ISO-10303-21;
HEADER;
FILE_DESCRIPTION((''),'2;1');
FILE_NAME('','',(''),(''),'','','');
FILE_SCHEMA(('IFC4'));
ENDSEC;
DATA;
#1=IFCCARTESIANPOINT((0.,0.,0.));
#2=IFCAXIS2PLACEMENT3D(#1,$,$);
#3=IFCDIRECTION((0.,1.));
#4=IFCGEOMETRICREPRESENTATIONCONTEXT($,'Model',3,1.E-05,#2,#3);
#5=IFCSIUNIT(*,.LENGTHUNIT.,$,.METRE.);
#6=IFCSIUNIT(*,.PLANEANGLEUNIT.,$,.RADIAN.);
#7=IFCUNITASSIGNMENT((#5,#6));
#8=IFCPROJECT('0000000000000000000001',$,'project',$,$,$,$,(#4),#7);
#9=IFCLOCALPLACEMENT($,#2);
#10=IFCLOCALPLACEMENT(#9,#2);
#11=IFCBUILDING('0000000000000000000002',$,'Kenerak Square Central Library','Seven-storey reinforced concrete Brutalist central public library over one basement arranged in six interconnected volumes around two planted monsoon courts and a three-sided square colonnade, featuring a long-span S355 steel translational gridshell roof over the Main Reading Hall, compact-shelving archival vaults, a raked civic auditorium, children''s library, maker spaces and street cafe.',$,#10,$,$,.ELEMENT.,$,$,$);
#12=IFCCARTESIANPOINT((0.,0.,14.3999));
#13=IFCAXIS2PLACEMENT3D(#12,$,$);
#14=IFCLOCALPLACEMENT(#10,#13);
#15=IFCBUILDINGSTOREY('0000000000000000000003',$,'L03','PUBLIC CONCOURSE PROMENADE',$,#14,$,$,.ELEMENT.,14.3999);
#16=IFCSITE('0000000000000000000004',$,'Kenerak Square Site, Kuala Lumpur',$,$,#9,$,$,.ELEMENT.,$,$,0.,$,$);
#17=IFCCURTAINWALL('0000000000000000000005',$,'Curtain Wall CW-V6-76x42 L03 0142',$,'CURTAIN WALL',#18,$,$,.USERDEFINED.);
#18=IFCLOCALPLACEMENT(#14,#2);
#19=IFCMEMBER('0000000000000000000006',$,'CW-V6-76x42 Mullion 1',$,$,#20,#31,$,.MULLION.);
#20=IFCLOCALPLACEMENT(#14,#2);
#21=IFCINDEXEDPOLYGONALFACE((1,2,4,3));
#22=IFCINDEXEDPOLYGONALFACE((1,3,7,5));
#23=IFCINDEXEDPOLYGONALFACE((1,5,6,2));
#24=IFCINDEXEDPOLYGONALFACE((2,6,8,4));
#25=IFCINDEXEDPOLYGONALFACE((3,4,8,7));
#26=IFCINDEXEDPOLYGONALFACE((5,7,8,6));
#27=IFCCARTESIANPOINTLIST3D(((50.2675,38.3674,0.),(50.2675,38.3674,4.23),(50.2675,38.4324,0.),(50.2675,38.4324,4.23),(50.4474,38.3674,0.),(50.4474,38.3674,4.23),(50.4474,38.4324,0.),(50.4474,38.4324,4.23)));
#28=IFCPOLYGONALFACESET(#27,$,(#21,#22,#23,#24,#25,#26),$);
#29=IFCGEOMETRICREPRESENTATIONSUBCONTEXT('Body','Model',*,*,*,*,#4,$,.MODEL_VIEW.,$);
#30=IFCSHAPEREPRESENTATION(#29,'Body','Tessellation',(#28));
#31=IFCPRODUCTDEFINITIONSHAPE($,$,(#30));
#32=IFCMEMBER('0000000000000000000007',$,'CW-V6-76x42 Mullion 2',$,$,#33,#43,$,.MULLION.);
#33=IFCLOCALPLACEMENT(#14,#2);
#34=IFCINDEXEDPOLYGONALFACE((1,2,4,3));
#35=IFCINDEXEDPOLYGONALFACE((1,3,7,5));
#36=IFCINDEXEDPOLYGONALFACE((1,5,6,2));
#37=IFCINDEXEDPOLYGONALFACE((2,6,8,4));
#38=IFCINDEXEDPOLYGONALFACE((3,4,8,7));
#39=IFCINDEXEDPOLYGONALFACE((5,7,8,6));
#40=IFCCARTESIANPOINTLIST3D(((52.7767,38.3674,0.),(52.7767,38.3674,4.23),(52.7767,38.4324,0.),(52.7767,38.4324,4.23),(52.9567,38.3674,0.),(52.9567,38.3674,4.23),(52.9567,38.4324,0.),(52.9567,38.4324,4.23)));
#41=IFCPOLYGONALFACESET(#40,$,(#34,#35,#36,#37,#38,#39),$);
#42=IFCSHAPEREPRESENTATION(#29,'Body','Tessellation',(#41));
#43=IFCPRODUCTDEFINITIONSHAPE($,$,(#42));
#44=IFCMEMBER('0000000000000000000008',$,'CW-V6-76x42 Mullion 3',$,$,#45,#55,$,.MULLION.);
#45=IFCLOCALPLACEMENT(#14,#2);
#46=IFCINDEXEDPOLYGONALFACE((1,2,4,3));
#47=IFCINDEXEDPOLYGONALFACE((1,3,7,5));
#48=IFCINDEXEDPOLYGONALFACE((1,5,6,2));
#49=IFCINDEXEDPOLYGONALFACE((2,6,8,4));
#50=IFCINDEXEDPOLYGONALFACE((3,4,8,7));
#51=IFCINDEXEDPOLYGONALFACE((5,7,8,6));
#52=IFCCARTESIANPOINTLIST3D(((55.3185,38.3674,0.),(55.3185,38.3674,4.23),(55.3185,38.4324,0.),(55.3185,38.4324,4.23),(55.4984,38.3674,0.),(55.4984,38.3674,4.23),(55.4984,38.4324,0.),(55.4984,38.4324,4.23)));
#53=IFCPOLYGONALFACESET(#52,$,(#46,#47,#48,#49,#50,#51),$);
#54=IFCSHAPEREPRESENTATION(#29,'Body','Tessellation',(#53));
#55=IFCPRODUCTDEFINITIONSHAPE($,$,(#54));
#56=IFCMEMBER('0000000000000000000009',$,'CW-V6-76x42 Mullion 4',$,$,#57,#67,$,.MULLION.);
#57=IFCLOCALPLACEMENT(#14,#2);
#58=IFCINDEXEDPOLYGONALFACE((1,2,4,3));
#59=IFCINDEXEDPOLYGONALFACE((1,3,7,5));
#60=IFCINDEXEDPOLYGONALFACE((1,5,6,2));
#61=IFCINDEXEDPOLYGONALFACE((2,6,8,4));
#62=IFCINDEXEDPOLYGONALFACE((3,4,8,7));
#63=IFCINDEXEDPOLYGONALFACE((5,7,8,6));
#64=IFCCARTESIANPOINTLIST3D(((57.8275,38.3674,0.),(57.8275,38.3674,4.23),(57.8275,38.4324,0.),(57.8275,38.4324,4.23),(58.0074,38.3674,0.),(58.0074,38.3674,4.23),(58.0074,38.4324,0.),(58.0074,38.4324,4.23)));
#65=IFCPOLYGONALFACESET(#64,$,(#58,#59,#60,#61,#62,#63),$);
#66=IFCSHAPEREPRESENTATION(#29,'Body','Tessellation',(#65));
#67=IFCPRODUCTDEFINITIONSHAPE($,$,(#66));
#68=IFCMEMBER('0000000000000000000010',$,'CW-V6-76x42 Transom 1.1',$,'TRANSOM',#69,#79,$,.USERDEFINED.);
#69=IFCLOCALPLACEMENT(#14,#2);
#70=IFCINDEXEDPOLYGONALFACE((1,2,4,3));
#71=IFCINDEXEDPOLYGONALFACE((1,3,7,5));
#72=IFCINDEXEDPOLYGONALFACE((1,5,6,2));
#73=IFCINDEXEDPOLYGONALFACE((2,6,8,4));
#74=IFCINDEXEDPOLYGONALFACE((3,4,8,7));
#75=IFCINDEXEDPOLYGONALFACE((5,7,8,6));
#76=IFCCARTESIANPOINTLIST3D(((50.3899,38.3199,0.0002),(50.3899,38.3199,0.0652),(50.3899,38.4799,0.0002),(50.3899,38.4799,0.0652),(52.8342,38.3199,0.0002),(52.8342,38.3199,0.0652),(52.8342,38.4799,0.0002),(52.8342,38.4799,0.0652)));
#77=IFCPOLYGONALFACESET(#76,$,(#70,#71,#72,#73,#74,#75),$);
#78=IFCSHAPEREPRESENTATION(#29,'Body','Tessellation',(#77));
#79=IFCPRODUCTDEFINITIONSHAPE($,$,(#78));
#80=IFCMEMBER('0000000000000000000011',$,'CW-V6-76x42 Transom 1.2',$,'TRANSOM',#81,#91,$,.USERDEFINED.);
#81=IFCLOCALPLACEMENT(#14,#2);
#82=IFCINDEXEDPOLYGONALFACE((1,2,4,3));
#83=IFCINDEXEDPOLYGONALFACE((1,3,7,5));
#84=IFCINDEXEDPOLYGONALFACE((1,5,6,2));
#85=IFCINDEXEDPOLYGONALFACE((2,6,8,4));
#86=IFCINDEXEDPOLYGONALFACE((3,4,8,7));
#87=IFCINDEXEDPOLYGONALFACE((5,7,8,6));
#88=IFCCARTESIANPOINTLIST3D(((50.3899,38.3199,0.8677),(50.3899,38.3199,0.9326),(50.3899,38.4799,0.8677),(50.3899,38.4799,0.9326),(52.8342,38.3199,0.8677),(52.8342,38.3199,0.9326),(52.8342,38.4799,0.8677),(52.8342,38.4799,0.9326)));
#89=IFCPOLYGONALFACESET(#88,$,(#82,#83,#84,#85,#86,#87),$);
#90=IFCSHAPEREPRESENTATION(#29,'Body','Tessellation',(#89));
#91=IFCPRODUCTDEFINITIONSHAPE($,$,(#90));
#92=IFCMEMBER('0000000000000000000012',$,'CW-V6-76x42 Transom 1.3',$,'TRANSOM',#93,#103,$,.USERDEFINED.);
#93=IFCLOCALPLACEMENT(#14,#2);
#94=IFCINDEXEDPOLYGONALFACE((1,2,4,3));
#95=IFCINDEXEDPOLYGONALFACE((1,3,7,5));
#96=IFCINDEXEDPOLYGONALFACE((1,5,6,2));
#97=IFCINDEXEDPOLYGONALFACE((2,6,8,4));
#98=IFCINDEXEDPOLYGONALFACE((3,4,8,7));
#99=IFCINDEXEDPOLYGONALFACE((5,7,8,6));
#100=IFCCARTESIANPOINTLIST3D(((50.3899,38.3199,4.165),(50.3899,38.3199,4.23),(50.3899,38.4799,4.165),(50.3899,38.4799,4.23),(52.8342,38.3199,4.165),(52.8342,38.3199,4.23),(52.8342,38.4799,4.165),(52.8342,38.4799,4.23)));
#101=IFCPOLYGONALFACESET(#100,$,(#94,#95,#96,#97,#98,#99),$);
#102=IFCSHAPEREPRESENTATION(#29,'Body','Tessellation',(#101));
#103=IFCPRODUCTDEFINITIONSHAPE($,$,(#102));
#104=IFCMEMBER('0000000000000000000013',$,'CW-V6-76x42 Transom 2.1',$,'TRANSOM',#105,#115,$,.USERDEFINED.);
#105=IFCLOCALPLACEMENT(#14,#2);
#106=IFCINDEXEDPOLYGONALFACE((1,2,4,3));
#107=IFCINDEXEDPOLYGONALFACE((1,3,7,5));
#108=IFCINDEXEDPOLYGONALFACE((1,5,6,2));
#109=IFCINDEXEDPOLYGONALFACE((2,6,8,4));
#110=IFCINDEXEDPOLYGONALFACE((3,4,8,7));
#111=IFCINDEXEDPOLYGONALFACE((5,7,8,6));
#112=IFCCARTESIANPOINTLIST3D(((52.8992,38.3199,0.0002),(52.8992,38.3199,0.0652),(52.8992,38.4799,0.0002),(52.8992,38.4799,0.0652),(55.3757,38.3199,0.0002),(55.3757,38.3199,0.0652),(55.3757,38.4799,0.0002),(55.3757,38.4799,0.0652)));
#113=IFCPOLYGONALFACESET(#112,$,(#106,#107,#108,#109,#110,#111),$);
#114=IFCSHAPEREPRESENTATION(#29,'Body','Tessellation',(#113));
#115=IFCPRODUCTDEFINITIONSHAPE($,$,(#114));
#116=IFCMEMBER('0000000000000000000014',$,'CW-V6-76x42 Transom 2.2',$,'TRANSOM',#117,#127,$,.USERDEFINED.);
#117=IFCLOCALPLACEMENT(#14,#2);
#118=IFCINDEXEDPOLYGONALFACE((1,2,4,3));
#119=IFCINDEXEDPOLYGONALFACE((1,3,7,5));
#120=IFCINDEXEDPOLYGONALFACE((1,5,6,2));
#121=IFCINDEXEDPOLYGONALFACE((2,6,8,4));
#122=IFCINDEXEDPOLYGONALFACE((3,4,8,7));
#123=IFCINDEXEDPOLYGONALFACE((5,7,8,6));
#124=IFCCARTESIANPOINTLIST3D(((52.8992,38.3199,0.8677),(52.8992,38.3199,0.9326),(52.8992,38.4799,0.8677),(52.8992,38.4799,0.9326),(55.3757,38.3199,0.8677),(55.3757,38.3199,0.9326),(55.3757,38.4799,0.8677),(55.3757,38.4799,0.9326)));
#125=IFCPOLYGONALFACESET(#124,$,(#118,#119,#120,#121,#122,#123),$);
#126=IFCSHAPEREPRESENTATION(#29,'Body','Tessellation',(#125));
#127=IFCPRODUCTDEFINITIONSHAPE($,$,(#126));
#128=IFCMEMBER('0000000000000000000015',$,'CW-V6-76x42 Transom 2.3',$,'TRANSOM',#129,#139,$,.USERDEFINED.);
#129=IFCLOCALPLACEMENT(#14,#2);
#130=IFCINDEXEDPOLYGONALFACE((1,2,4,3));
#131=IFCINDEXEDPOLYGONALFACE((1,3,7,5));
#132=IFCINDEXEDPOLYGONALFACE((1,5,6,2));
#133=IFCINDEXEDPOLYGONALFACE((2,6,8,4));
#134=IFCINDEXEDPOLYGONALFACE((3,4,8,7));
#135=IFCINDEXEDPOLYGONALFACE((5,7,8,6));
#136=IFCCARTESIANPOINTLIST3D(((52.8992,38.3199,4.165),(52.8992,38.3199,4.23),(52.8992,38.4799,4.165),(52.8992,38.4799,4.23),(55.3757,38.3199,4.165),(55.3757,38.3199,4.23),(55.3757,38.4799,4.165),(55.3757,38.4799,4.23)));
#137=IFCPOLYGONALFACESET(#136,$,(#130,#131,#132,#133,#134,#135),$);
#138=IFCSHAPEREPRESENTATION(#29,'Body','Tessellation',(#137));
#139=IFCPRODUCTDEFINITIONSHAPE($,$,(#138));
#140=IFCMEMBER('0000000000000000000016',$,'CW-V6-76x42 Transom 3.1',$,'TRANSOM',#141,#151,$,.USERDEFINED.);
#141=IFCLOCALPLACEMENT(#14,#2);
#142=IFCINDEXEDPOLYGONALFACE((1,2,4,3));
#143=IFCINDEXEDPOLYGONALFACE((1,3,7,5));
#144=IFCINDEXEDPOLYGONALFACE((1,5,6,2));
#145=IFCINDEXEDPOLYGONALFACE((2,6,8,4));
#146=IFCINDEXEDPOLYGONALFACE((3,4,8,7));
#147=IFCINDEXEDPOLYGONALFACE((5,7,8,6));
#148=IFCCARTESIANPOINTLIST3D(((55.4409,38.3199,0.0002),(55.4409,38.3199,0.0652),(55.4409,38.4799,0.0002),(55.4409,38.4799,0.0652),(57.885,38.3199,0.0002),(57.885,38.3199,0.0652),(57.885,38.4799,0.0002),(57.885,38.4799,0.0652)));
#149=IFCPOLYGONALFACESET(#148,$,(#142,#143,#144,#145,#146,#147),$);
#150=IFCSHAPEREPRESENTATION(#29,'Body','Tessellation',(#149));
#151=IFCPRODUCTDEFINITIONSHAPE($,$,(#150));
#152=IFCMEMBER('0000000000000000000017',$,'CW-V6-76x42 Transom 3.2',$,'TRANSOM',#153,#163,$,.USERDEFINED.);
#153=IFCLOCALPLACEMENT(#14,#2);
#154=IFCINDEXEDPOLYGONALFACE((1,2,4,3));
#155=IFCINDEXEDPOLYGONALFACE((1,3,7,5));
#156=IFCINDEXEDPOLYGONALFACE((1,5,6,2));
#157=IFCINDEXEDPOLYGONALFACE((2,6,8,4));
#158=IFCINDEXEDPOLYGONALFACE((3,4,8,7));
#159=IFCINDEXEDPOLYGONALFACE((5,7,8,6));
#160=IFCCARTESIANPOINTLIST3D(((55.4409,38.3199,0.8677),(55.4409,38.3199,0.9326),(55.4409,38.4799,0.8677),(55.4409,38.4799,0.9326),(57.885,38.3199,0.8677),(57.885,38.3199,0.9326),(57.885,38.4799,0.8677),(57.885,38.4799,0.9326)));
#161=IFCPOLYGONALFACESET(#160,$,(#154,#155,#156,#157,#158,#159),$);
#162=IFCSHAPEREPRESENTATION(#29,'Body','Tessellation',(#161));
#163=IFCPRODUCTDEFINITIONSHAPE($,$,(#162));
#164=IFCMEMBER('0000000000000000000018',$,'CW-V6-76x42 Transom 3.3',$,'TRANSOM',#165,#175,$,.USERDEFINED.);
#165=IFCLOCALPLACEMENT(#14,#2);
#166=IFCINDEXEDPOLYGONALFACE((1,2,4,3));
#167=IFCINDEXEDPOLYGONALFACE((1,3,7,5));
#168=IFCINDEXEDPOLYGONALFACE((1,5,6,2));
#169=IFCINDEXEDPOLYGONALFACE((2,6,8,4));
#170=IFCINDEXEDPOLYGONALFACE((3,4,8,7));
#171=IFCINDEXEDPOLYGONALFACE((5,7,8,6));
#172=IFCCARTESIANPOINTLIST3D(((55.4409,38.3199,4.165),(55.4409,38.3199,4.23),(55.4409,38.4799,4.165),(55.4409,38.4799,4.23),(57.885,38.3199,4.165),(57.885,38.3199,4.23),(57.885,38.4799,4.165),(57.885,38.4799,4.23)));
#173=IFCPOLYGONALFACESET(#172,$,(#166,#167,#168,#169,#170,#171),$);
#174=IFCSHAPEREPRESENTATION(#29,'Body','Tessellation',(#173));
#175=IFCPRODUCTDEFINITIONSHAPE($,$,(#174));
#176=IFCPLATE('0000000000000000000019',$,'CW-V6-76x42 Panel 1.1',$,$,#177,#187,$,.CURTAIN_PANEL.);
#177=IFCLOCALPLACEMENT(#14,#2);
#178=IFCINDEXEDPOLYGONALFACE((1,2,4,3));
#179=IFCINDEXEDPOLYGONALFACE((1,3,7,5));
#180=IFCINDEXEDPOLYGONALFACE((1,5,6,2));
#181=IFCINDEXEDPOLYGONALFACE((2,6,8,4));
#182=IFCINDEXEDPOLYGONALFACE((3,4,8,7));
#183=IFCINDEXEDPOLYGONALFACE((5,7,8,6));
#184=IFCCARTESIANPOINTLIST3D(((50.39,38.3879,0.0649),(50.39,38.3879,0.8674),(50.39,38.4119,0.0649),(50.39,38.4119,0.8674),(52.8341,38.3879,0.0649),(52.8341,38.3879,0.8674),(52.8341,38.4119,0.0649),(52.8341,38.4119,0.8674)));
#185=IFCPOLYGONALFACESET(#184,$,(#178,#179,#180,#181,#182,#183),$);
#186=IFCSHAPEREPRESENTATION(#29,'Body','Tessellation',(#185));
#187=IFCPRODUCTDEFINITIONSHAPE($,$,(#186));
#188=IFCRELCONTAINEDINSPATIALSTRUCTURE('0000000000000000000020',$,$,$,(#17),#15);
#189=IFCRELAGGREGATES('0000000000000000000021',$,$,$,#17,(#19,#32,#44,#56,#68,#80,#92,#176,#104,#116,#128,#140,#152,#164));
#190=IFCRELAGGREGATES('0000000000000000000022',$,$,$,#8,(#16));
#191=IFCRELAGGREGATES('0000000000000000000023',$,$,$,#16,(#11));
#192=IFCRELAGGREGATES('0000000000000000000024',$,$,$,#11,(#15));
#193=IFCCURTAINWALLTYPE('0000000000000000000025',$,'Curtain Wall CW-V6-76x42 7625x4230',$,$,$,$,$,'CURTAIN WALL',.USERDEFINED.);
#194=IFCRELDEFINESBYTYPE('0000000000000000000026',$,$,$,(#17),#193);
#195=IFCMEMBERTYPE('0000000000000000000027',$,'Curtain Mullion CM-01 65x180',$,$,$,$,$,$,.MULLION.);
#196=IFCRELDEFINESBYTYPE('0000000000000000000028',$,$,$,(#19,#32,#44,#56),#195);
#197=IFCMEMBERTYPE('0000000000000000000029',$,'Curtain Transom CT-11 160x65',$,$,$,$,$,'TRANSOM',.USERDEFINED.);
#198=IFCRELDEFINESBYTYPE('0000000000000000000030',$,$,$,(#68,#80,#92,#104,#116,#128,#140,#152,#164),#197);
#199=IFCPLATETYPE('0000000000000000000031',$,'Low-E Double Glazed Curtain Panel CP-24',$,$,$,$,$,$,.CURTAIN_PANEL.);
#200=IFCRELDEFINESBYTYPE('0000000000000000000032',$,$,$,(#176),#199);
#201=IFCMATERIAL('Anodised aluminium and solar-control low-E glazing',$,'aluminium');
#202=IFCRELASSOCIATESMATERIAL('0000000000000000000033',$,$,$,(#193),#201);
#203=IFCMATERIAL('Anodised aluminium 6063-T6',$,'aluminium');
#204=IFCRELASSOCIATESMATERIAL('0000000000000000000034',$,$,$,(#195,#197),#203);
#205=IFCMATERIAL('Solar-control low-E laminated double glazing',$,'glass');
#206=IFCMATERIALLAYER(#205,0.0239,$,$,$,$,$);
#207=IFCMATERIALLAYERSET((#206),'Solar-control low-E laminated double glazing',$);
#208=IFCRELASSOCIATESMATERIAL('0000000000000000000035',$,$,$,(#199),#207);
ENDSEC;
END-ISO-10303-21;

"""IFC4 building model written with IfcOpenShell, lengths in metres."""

from ifc_helpers import new_model, si_unit, direction, frame, origin, origin_2d, place, context, subcontext, project, spatial, rectangle, extrude, material, layer, layer_set, material_profile, profile_set, type_object, element, aggregate, save


model = new_model("IFC4")

# Units and contexts
model_context = context("Model", 3, precision=1e-05, world=origin(), true_north=direction((0.0, 1.0)))
body_context = subcontext(model_context, "Body", "Model", "MODEL_VIEW")
ifc_project = project(units=[si_unit("LENGTHUNIT", "METRE"), si_unit("PLANEANGLEUNIT", "RADIAN")], contexts=[model_context])

# Site, building, storey
site_placement = place(None, origin())
site = spatial("IfcSite", under=ifc_project, at=site_placement, Name="Kenerak Square Site, Kuala Lumpur", CompositionType="ELEMENT", RefElevation=0.0)
building_placement = place(site_placement, origin())
building = spatial("IfcBuilding", under=site, at=building_placement, Name="Kenerak Square Central Library", Description="Seven-storey reinforced concrete Brutalist central public library over one basement arranged in six interconnected volumes around two planted monsoon courts and a three-sided square colonnade, featuring a long-span S355 steel translational gridshell roof over the Main Reading Hall, compact-shelving archival vaults, a raked civic auditorium, children's library, maker spaces and street cafe.", CompositionType="ELEMENT")
storey_placement = place(building_placement, frame((0.0, 0.0, 14.3999)))
storey = spatial("IfcBuildingStorey", under=building, at=storey_placement, Name="L03", Description="PUBLIC CONCOURSE PROMENADE", CompositionType="ELEMENT", Elevation=14.3999)

# Curtain wall, members, plate
ifc_material_1 = material(Name="Anodised aluminium and solar-control low-E glazing", Category="aluminium")
curtain_wall_type = type_object("IfcCurtainWallType", Name="Curtain Wall CW-V6-76x42 7625x4230", ElementType="CURTAIN WALL", PredefinedType="USERDEFINED", material=ifc_material_1)
curtain_wall_placement = place(storey_placement, origin())
curtain_wall = element("IfcCurtainWall", 1, at=curtain_wall_placement, inside=storey, type_object=curtain_wall_type, Name="Curtain Wall CW-V6-76x42 L03 0142", ObjectType="CURTAIN WALL", PredefinedType="USERDEFINED")
ifc_material_2 = material(Name="Anodised aluminium 6063-T6", Category="aluminium")
ifc_material_profile_1 = material_profile(ifc_material_2, rectangle(XDim=0.0649, YDim=0.1799, at=origin_2d()), Name="AL MULLION 65x180")
ifc_profile_set_1 = profile_set([ifc_material_profile_1], Name="Anodised aluminium 6063-T6")
member_type_1 = type_object("IfcMemberType", Name="Curtain Mullion CM-01 65x180", PredefinedType="MULLION", material=ifc_profile_set_1)
member_1_placement = place(storey_placement, frame((50.3574, 38.3999, 0.0), z_axis=(0.0, 0.0, 1.0), x_axis=(0.0, 1.0, 0.0)))
member_1 = element("IfcMember", 2, at=member_1_placement, type_object=member_type_1, Name="CW-V6-76x42 Mullion 1", PredefinedType="MULLION", context=body_context, shape_type="SweptSolid", body=[
    extrude(rectangle(XDim=0.0649, YDim=0.1799, at=origin_2d()), origin(), (0.0, 0.0, 1.0), 4.23),
])
member_2_placement = place(storey_placement, frame((52.8667, 38.3999, 0.0), z_axis=(0.0, 0.0, 1.0), x_axis=(0.0, 1.0, 0.0)))
member_2 = element("IfcMember", 3, at=member_2_placement, type_object=member_type_1, Name="CW-V6-76x42 Mullion 2", PredefinedType="MULLION", context=body_context, shape_type="SweptSolid", body=[
    extrude(rectangle(XDim=0.0649, YDim=0.1799, at=origin_2d()), origin(), (0.0, 0.0, 1.0), 4.23),
])
member_3_placement = place(storey_placement, frame((55.4084, 38.3999, 0.0), z_axis=(0.0, 0.0, 1.0), x_axis=(0.0, 1.0, 0.0)))
member_3 = element("IfcMember", 4, at=member_3_placement, type_object=member_type_1, Name="CW-V6-76x42 Mullion 3", PredefinedType="MULLION", context=body_context, shape_type="SweptSolid", body=[
    extrude(rectangle(XDim=0.0649, YDim=0.1799, at=origin_2d()), origin(), (0.0, 0.0, 1.0), 4.23),
])
member_4_placement = place(storey_placement, frame((57.9175, 38.3999, 0.0), z_axis=(0.0, 0.0, 1.0), x_axis=(0.0, 1.0, 0.0)))
member_4 = element("IfcMember", 5, at=member_4_placement, type_object=member_type_1, Name="CW-V6-76x42 Mullion 4", PredefinedType="MULLION", context=body_context, shape_type="SweptSolid", body=[
    extrude(rectangle(XDim=0.0649, YDim=0.1799, at=origin_2d()), origin(), (0.0, 0.0, 1.0), 4.23),
])
ifc_material_profile_2 = material_profile(ifc_material_2, rectangle(XDim=0.1599, YDim=0.0649, at=origin_2d()), Name="AL TRANSOM 160x65")
ifc_profile_set_2 = profile_set([ifc_material_profile_2], Name="Anodised aluminium 6063-T6")
member_type_2 = type_object("IfcMemberType", Name="Curtain Transom CT-11 160x65", ElementType="TRANSOM", PredefinedType="USERDEFINED", material=ifc_profile_set_2)
member_5_placement = place(storey_placement, frame((50.3899, 38.3999, 0.0327), z_axis=(1.0, 0.0, 0.0), x_axis=(0.0, 1.0, 0.0)))
member_5 = element("IfcMember", 6, at=member_5_placement, type_object=member_type_2, Name="CW-V6-76x42 Transom 1.1", ObjectType="TRANSOM", PredefinedType="USERDEFINED", context=body_context, shape_type="SweptSolid", body=[
    extrude(rectangle(XDim=0.1599, YDim=0.0649, at=origin_2d()), origin(), (0.0, 0.0, 1.0), 2.4443),
])
member_6_placement = place(storey_placement, frame((50.3899, 38.3999, 0.9001), z_axis=(1.0, 0.0, 0.0), x_axis=(0.0, 1.0, 0.0)))
member_6 = element("IfcMember", 7, at=member_6_placement, type_object=member_type_2, Name="CW-V6-76x42 Transom 1.2", ObjectType="TRANSOM", PredefinedType="USERDEFINED", context=body_context, shape_type="SweptSolid", body=[
    extrude(rectangle(XDim=0.1599, YDim=0.0649, at=origin_2d()), origin(), (0.0, 0.0, 1.0), 2.4443),
])
member_7_placement = place(storey_placement, frame((50.3899, 38.3999, 4.1975), z_axis=(1.0, 0.0, 0.0), x_axis=(0.0, 1.0, 0.0)))
member_7 = element("IfcMember", 8, at=member_7_placement, type_object=member_type_2, Name="CW-V6-76x42 Transom 1.3", ObjectType="TRANSOM", PredefinedType="USERDEFINED", context=body_context, shape_type="SweptSolid", body=[
    extrude(rectangle(XDim=0.1599, YDim=0.0649, at=origin_2d()), origin(), (0.0, 0.0, 1.0), 2.4443),
])
member_8_placement = place(storey_placement, frame((52.8992, 38.3999, 0.0327), z_axis=(1.0, 0.0, 0.0), x_axis=(0.0, 1.0, 0.0)))
member_8 = element("IfcMember", 9, at=member_8_placement, type_object=member_type_2, Name="CW-V6-76x42 Transom 2.1", ObjectType="TRANSOM", PredefinedType="USERDEFINED", context=body_context, shape_type="SweptSolid", body=[
    extrude(rectangle(XDim=0.1599, YDim=0.0649, at=origin_2d()), origin(), (0.0, 0.0, 1.0), 2.4766),
])
member_9_placement = place(storey_placement, frame((52.8992, 38.3999, 0.9001), z_axis=(1.0, 0.0, 0.0), x_axis=(0.0, 1.0, 0.0)))
member_9 = element("IfcMember", 10, at=member_9_placement, type_object=member_type_2, Name="CW-V6-76x42 Transom 2.2", ObjectType="TRANSOM", PredefinedType="USERDEFINED", context=body_context, shape_type="SweptSolid", body=[
    extrude(rectangle(XDim=0.1599, YDim=0.0649, at=origin_2d()), origin(), (0.0, 0.0, 1.0), 2.4766),
])
member_10_placement = place(storey_placement, frame((52.8992, 38.3999, 4.1975), z_axis=(1.0, 0.0, 0.0), x_axis=(0.0, 1.0, 0.0)))
member_10 = element("IfcMember", 11, at=member_10_placement, type_object=member_type_2, Name="CW-V6-76x42 Transom 2.3", ObjectType="TRANSOM", PredefinedType="USERDEFINED", context=body_context, shape_type="SweptSolid", body=[
    extrude(rectangle(XDim=0.1599, YDim=0.0649, at=origin_2d()), origin(), (0.0, 0.0, 1.0), 2.4766),
])
member_11_placement = place(storey_placement, frame((55.4409, 38.3999, 0.0327), z_axis=(1.0, 0.0, 0.0), x_axis=(0.0, 1.0, 0.0)))
member_11 = element("IfcMember", 12, at=member_11_placement, type_object=member_type_2, Name="CW-V6-76x42 Transom 3.1", ObjectType="TRANSOM", PredefinedType="USERDEFINED", context=body_context, shape_type="SweptSolid", body=[
    extrude(rectangle(XDim=0.1599, YDim=0.0649, at=origin_2d()), origin(), (0.0, 0.0, 1.0), 2.4441),
])
member_12_placement = place(storey_placement, frame((55.4409, 38.3999, 0.9001), z_axis=(1.0, 0.0, 0.0), x_axis=(0.0, 1.0, 0.0)))
member_12 = element("IfcMember", 13, at=member_12_placement, type_object=member_type_2, Name="CW-V6-76x42 Transom 3.2", ObjectType="TRANSOM", PredefinedType="USERDEFINED", context=body_context, shape_type="SweptSolid", body=[
    extrude(rectangle(XDim=0.1599, YDim=0.0649, at=origin_2d()), origin(), (0.0, 0.0, 1.0), 2.4441),
])
member_13_placement = place(storey_placement, frame((55.4409, 38.3999, 4.1975), z_axis=(1.0, 0.0, 0.0), x_axis=(0.0, 1.0, 0.0)))
member_13 = element("IfcMember", 14, at=member_13_placement, type_object=member_type_2, Name="CW-V6-76x42 Transom 3.3", ObjectType="TRANSOM", PredefinedType="USERDEFINED", context=body_context, shape_type="SweptSolid", body=[
    extrude(rectangle(XDim=0.1599, YDim=0.0649, at=origin_2d()), origin(), (0.0, 0.0, 1.0), 2.4441),
])
ifc_material_3 = material(Name="Solar-control low-E laminated double glazing", Category="glass")
ifc_layer = layer(ifc_material_3, 0.0239)
ifc_layer_set = layer_set([ifc_layer], Name="Solar-control low-E laminated double glazing")
plate_type = type_object("IfcPlateType", Name="Low-E Double Glazed Curtain Panel CP-24", PredefinedType="CURTAIN_PANEL", material=ifc_layer_set)
plate_1_placement = place(storey_placement, frame((51.6121, 38.3999, 0.0649), z_axis=(0.0, 0.0, 1.0), x_axis=(1.0, 0.0, 0.0)))
plate_1 = element("IfcPlate", 15, at=plate_1_placement, type_object=plate_type, Name="CW-V6-76x42 Panel 1.1", PredefinedType="CURTAIN_PANEL", context=body_context, shape_type="SweptSolid", body=[
    extrude(rectangle(XDim=2.4441, YDim=0.0239, at=origin_2d()), origin(), (0.0, 0.0, 1.0), 0.8025),
])
aggregate(curtain_wall, [member_1, member_2, member_3, member_4, member_5, member_6, member_7, plate_1, member_8, member_9, member_10, member_11, member_12, member_13])

save(model, "model.ifc")
